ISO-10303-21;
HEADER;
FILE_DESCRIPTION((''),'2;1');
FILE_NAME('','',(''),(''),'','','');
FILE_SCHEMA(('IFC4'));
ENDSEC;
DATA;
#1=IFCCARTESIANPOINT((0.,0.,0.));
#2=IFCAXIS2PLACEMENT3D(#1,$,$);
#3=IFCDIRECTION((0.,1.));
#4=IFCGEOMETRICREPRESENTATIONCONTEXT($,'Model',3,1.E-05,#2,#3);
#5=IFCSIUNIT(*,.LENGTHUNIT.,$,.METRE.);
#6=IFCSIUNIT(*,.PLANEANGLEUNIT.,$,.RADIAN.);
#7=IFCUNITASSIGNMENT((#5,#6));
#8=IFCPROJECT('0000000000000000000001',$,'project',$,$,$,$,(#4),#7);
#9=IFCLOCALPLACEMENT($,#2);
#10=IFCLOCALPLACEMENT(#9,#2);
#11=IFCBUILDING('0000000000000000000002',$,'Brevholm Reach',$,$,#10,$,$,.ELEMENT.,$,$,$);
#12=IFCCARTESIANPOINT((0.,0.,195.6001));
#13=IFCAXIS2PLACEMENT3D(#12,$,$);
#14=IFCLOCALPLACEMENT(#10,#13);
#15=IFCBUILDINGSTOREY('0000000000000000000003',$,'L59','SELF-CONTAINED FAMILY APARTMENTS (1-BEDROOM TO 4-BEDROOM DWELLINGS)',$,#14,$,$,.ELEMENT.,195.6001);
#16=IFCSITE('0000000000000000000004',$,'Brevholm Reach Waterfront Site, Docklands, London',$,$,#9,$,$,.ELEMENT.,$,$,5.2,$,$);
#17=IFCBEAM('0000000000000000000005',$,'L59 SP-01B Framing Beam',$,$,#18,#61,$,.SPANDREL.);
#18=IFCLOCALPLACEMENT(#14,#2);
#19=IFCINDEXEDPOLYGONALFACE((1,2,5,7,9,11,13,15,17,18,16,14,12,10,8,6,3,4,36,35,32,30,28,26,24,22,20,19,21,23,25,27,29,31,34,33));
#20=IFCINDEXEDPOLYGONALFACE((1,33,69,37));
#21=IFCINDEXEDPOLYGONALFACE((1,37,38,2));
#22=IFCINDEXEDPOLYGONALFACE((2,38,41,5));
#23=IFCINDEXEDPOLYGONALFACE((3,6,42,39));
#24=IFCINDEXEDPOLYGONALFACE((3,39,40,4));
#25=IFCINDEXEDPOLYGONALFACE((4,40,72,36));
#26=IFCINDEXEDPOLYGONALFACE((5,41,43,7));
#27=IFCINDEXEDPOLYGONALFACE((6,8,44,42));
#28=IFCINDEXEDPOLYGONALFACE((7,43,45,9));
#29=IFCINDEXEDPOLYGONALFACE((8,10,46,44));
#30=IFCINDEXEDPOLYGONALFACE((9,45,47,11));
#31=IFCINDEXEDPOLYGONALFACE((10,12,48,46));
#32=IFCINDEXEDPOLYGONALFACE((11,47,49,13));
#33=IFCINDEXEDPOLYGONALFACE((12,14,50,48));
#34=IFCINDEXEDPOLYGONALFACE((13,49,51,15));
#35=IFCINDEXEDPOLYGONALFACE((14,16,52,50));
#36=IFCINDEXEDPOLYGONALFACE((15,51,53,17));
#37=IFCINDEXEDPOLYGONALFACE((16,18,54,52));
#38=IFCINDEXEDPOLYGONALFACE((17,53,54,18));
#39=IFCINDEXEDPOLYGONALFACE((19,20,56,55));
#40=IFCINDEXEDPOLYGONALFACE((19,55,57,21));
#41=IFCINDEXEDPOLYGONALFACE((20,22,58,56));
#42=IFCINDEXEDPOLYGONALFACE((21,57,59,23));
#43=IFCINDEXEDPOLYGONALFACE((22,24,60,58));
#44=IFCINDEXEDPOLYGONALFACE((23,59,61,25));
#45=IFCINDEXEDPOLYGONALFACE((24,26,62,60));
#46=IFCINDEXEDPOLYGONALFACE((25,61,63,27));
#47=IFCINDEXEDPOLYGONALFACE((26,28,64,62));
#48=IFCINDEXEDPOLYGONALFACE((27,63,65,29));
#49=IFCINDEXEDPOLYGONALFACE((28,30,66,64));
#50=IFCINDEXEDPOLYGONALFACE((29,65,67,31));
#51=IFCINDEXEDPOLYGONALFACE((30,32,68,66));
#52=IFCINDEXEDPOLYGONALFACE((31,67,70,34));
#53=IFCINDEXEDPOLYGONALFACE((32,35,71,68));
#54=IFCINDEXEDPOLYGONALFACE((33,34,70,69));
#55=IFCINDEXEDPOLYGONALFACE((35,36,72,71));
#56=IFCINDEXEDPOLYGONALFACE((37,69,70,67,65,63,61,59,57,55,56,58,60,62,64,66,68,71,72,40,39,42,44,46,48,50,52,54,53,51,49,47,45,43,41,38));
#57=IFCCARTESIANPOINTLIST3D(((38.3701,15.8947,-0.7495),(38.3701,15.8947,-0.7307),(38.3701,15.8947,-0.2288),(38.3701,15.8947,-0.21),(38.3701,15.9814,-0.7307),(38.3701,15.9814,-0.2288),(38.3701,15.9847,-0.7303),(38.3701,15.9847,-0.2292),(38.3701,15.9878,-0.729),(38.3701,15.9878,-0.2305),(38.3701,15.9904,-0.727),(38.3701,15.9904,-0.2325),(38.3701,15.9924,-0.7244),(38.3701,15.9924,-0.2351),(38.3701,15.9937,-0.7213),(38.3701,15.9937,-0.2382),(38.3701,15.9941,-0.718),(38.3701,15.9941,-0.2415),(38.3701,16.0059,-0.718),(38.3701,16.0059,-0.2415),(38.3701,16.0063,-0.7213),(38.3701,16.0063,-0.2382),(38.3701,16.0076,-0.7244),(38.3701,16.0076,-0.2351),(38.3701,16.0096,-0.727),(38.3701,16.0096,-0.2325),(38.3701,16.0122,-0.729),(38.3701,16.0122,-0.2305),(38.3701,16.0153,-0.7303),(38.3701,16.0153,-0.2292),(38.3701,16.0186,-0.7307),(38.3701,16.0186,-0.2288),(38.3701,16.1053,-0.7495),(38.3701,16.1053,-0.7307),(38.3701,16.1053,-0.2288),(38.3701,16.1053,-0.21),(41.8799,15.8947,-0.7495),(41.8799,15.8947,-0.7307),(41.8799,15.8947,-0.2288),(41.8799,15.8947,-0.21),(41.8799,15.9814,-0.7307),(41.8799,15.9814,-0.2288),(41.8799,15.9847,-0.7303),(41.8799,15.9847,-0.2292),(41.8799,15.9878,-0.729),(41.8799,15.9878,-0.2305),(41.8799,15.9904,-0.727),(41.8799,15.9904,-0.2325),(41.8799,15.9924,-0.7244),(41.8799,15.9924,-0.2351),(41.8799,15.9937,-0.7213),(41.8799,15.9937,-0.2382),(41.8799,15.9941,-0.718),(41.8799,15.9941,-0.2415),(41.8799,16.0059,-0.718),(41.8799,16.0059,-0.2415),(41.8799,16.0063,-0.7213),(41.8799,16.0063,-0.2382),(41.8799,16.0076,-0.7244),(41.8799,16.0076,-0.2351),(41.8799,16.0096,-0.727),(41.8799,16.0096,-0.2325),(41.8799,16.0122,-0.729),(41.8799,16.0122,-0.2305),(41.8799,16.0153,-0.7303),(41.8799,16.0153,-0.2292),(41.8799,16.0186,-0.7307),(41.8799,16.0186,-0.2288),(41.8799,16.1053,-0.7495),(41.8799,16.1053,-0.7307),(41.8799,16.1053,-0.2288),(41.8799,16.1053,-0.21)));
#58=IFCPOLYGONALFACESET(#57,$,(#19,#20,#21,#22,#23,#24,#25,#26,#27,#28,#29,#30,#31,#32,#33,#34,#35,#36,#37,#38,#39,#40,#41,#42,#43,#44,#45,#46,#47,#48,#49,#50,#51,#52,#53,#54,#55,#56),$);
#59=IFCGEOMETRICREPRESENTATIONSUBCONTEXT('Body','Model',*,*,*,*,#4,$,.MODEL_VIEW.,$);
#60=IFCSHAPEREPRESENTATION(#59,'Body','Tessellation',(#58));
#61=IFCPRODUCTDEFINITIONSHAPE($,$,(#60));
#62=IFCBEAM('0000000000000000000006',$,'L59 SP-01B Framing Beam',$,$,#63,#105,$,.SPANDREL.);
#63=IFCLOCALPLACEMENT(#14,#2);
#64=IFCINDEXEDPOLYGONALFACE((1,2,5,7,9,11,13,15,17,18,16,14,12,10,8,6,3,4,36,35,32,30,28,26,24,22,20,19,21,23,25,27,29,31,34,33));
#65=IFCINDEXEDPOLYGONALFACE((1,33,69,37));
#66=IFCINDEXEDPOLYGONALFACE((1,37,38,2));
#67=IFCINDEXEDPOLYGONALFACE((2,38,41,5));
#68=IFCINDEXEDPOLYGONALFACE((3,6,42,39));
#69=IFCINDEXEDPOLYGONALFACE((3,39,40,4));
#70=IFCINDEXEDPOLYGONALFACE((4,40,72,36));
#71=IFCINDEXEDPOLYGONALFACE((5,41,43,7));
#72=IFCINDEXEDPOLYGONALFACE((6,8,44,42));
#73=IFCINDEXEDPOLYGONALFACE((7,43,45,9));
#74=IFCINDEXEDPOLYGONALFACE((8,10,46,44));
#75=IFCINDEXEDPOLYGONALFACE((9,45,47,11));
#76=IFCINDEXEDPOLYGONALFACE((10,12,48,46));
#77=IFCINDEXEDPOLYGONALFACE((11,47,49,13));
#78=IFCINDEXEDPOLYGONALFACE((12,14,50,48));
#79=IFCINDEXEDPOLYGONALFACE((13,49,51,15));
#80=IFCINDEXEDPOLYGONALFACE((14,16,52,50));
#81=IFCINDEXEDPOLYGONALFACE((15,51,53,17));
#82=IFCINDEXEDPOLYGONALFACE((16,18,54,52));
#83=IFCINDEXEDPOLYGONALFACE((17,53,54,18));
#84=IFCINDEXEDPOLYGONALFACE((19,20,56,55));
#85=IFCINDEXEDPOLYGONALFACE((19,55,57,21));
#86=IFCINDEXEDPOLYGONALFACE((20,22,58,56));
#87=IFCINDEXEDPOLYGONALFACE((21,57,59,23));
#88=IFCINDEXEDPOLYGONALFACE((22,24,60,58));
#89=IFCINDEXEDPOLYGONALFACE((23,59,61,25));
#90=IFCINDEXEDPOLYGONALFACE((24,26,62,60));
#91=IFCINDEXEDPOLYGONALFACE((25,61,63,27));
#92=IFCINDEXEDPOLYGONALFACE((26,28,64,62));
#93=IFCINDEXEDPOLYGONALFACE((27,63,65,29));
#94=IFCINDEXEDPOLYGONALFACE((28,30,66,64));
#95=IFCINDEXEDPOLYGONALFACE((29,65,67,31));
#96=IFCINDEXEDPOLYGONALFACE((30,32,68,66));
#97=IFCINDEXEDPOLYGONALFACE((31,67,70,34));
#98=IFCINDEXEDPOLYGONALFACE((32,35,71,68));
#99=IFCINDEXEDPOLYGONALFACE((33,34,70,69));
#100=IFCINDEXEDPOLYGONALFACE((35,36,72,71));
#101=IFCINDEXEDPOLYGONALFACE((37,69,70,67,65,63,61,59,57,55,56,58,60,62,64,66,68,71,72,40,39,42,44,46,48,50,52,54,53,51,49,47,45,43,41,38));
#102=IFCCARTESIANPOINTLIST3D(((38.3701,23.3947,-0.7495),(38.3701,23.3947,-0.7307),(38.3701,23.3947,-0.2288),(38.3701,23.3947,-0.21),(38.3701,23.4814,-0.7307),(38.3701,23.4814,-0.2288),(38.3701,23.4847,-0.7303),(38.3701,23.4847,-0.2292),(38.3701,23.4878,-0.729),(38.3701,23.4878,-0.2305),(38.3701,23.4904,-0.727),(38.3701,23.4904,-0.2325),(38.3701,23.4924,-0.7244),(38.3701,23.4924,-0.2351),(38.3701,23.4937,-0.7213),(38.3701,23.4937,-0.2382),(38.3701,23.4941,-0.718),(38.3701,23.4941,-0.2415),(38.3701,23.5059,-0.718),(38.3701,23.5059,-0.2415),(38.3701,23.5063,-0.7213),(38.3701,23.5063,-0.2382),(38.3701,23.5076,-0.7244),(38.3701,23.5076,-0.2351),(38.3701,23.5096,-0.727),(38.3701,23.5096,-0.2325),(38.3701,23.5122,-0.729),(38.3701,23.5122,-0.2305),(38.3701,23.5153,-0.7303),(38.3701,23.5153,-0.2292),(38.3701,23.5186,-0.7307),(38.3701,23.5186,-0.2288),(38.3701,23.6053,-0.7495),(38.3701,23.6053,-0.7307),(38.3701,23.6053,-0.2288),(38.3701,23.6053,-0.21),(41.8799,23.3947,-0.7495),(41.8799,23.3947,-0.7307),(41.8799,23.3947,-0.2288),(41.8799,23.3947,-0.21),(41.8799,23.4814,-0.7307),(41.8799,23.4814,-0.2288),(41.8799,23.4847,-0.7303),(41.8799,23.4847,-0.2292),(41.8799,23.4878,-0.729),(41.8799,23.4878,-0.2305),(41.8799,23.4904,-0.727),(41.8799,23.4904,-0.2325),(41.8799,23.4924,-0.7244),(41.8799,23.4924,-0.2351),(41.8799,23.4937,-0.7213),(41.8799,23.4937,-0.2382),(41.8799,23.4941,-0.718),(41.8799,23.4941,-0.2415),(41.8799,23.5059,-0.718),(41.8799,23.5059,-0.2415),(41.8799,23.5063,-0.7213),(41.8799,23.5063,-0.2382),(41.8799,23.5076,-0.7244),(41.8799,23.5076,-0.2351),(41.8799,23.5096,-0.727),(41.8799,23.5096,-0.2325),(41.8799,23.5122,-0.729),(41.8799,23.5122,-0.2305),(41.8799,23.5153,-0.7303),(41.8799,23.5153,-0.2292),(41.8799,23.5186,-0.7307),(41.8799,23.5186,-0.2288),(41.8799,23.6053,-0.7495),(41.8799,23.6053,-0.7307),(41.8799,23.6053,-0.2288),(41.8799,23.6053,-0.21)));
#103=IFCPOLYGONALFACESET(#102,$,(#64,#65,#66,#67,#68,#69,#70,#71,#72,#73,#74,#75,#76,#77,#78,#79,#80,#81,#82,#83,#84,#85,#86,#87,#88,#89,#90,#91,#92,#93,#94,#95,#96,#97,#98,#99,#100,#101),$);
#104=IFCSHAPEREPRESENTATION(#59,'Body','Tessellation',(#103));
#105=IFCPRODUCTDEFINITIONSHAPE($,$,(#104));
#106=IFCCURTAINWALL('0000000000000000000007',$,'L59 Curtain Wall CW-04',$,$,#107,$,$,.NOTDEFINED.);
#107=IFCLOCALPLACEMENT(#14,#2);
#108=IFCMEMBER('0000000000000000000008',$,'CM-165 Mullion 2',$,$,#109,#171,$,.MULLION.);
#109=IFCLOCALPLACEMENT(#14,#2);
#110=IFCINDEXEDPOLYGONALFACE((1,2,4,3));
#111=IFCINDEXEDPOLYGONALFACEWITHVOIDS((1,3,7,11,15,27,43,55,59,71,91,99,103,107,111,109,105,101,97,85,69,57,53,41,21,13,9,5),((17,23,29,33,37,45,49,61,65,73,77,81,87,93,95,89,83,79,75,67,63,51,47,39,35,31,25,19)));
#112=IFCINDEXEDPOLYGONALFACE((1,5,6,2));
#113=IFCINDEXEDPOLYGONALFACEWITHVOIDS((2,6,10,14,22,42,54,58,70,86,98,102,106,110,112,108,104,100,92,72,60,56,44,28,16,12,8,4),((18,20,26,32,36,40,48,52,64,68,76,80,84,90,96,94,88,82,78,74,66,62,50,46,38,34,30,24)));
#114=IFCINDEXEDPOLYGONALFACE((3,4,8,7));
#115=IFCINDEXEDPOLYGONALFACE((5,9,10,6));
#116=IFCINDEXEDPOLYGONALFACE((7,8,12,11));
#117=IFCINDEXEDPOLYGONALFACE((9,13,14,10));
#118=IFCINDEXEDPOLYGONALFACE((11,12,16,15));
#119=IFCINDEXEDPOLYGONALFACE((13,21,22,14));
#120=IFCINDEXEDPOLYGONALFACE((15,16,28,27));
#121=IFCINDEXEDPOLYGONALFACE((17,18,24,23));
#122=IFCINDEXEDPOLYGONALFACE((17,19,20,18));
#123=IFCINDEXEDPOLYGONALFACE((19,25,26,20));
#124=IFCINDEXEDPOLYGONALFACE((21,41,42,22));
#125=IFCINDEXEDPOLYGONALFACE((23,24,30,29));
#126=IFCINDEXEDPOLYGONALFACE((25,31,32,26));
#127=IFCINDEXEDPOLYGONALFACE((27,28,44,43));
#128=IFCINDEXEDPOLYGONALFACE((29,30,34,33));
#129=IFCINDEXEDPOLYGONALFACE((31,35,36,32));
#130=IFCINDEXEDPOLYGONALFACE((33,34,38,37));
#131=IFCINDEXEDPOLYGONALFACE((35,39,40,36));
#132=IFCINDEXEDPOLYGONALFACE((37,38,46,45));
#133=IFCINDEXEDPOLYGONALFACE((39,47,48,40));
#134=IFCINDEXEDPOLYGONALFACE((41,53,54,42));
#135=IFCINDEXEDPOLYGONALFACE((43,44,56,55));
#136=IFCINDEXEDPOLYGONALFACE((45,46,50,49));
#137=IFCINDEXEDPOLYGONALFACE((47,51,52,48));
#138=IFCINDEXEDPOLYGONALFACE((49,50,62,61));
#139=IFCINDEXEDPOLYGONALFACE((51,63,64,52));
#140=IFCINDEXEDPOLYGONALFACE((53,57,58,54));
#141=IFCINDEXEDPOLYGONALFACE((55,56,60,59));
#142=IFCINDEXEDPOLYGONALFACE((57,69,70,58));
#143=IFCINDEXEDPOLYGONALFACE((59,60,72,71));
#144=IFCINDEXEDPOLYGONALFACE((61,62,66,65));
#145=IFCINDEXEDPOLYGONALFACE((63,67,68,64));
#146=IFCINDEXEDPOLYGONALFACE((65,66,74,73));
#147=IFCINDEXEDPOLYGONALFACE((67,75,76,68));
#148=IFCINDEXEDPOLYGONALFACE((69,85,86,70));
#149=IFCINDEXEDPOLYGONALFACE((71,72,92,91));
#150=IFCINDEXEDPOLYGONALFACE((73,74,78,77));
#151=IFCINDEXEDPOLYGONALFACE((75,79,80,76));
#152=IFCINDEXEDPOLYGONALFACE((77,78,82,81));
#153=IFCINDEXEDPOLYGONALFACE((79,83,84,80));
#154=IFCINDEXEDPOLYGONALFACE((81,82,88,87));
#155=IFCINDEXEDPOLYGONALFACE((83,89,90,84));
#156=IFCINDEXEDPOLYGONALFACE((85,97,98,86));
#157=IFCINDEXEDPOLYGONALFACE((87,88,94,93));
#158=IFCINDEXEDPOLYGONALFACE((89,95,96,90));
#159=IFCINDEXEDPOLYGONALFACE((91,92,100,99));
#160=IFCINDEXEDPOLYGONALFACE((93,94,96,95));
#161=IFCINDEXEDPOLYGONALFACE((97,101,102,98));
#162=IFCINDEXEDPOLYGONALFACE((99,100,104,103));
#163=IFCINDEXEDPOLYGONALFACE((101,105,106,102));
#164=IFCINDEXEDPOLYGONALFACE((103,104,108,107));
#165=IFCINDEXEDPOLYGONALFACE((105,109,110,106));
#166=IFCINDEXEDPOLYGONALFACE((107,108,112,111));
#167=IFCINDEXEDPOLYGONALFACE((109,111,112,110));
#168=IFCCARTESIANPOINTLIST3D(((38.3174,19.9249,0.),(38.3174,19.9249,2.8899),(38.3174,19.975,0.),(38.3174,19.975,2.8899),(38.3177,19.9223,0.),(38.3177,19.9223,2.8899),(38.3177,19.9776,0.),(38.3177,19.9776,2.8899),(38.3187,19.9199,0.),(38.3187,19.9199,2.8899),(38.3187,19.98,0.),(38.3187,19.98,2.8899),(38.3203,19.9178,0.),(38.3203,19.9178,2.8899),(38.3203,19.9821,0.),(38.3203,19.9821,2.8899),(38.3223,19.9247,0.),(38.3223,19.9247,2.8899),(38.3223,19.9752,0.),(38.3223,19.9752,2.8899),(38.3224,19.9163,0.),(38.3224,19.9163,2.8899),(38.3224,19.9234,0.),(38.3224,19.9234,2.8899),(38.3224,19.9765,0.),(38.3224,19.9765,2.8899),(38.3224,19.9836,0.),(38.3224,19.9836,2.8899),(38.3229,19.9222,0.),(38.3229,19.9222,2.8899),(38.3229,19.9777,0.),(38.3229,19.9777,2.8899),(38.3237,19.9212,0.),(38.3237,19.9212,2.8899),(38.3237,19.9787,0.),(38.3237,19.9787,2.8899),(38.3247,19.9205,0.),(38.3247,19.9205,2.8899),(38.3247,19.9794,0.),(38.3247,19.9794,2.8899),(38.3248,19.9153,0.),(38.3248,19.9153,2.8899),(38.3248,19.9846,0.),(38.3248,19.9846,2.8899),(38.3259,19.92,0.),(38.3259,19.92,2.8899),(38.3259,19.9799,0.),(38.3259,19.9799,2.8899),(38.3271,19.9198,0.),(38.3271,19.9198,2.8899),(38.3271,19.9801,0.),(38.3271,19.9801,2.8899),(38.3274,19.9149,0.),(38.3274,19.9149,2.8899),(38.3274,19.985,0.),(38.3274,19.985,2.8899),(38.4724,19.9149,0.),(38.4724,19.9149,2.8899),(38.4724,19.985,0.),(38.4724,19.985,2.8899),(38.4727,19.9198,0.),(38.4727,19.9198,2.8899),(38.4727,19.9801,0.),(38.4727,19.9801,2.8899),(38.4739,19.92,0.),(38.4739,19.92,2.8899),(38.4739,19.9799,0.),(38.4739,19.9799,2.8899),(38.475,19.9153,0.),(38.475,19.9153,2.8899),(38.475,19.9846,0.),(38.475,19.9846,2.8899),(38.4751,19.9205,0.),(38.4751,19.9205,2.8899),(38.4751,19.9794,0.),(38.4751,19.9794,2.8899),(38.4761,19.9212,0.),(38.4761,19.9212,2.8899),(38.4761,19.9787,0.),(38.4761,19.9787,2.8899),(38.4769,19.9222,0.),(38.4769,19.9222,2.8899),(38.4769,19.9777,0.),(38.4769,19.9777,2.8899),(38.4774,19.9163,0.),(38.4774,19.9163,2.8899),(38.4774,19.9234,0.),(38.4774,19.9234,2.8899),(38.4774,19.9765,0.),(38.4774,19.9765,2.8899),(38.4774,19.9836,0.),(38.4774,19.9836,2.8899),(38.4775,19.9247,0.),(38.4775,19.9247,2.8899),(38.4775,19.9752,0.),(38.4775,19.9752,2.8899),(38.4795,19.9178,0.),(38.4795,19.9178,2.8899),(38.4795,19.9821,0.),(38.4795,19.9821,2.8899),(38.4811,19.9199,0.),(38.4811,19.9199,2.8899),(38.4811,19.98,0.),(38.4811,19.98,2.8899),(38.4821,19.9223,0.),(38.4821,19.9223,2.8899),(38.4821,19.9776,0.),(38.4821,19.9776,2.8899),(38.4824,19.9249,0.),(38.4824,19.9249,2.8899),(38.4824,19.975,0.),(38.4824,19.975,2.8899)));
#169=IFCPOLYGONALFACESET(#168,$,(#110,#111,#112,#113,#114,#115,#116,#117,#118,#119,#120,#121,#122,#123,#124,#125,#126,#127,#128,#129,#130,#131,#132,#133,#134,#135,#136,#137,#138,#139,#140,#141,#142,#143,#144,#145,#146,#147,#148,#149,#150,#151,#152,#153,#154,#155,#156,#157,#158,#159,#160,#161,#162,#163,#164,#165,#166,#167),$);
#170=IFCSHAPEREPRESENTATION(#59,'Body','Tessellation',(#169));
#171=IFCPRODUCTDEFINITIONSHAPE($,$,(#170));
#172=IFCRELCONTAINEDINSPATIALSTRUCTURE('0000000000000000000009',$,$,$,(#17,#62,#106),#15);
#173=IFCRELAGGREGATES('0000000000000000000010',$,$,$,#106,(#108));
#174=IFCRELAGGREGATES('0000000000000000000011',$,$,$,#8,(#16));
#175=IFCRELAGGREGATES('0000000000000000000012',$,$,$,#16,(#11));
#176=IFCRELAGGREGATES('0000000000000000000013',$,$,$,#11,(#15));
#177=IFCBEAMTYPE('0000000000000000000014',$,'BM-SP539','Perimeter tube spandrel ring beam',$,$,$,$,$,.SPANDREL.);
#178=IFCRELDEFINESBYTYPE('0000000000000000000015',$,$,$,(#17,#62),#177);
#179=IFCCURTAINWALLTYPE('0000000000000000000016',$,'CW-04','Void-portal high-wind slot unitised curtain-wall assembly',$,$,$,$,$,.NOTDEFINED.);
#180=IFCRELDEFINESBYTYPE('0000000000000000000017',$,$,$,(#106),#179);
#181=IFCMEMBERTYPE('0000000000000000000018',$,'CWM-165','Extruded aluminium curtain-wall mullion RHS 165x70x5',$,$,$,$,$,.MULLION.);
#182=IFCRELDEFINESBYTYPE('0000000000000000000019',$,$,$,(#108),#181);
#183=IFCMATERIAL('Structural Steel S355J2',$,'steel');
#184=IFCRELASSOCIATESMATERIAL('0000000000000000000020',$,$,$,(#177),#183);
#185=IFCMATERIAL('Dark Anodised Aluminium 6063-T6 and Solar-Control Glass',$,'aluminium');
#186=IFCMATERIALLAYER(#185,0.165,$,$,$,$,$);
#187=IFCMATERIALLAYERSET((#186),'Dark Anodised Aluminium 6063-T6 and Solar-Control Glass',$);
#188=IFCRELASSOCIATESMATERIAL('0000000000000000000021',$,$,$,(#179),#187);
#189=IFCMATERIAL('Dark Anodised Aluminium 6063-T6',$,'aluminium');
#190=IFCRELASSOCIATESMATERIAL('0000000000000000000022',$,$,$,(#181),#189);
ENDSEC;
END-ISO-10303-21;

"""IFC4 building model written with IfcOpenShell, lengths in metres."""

from ifc_helpers import new_model, si_unit, direction, frame, origin, origin_2d, place, context, subcontext, project, spatial, hollow_rectangle, i_section, extrude, material, layer, layer_set, material_profile, profile_set, type_object, element, aggregate, save


model = new_model("IFC4")

# Units and contexts
model_context = context("Model", 3, precision=1e-05, world=origin(), true_north=direction((0.0, 1.0)))
body_context = subcontext(model_context, "Body", "Model", "MODEL_VIEW")
ifc_project = project(units=[si_unit("LENGTHUNIT", "METRE"), si_unit("PLANEANGLEUNIT", "RADIAN")], contexts=[model_context])

# Site, building, storey
site_placement = place(None, origin())
site = spatial("IfcSite", under=ifc_project, at=site_placement, Name="Brevholm Reach Waterfront Site, Docklands, London", CompositionType="ELEMENT", RefElevation=5.2)
building_placement = place(site_placement, origin())
building = spatial("IfcBuilding", under=site, at=building_placement, Name="Brevholm Reach", CompositionType="ELEMENT")
storey_placement = place(building_placement, frame((0.0, 0.0, 195.6001)))
storey = spatial("IfcBuildingStorey", under=building, at=storey_placement, Name="L59", Description="SELF-CONTAINED FAMILY APARTMENTS (1-BEDROOM TO 4-BEDROOM DWELLINGS)", CompositionType="ELEMENT", Elevation=195.6001)

# Beams
ifc_material_1 = material(Name="Structural Steel S355J2", Category="steel")
ifc_material_profile_1 = material_profile(ifc_material_1, i_section(OverallWidth=0.2107, OverallDepth=0.5396, WebThickness=0.0117, FlangeThickness=0.0188, FilletRadius=0.0127, at=origin_2d()), Name="UKB 533x210x109")
ifc_profile_set_1 = profile_set([ifc_material_profile_1], Name="Structural Steel S355J2")
beam_type_1 = type_object("IfcBeamType", Name="BM-SP539", Description="Perimeter tube spandrel ring beam", PredefinedType="SPANDREL", material=ifc_profile_set_1)
for number, where, z_axis, x_axis, name in (
    (1, (38.3701, 16.0, -0.4797), (1.0, 0.0, 0.0), (0.0, 1.0, 0.0), "L59 SP-01B Framing Beam"),
    (2, (38.3701, 23.5, -0.4797), (1.0, 0.0, 0.0), (0.0, 1.0, 0.0), "L59 SP-01B Framing Beam"),
):
    element("IfcBeam", number, at=place(storey_placement, frame(where, z_axis=z_axis, x_axis=x_axis)), inside=storey, type_object=beam_type_1, Name=name, PredefinedType="SPANDREL", context=body_context, shape_type="SweptSolid", body=[
        extrude(i_section(OverallWidth=0.2107, OverallDepth=0.5396, WebThickness=0.0117, FlangeThickness=0.0188, FilletRadius=0.0127, at=origin_2d()), origin(), (0.0, 0.0, 1.0), 3.5098),
    ])

# Curtain wall, member
ifc_material_2 = material(Name="Dark Anodised Aluminium 6063-T6 and Solar-Control Glass", Category="aluminium")
ifc_layer_1 = layer(ifc_material_2, 0.165)
ifc_layer_set_1 = layer_set([ifc_layer_1], Name="Dark Anodised Aluminium 6063-T6 and Solar-Control Glass")
curtain_wall_type = type_object("IfcCurtainWallType", Name="CW-04", Description="Void-portal high-wind slot unitised curtain-wall assembly", PredefinedType="NOTDEFINED", material=ifc_layer_set_1)
curtain_wall_placement = place(storey_placement, origin())
curtain_wall = element("IfcCurtainWall", 3, at=curtain_wall_placement, inside=storey, type_object=curtain_wall_type, Name="L59 Curtain Wall CW-04", PredefinedType="NOTDEFINED")
ifc_material_3 = material(Name="Dark Anodised Aluminium 6063-T6", Category="aluminium")
ifc_material_profile_2 = material_profile(ifc_material_3, hollow_rectangle(XDim=0.0701, YDim=0.165, WallThickness=0.0049, InnerFilletRadius=0.0049, OuterFilletRadius=0.01, at=origin_2d()), Name="RHS 165x70x5")
ifc_profile_set_2 = profile_set([ifc_material_profile_2], Name="Dark Anodised Aluminium 6063-T6")
member_type_1 = type_object("IfcMemberType", Name="CWM-165", Description="Extruded aluminium curtain-wall mullion RHS 165x70x5", PredefinedType="MULLION", material=ifc_profile_set_2)
member_1_placement = place(storey_placement, frame((38.3999, 19.95, 0.0), z_axis=(0.0, 0.0, 1.0), x_axis=(0.0, -1.0, 0.0)))
member_1 = element("IfcMember", 4, at=member_1_placement, type_object=member_type_1, Name="CM-165 Mullion 2", PredefinedType="MULLION", context=body_context, shape_type="SweptSolid", body=[
    extrude(hollow_rectangle(XDim=0.0701, YDim=0.165, WallThickness=0.0049, InnerFilletRadius=0.0049, OuterFilletRadius=0.01, at=origin_2d()), origin(), (0.0, 0.0, 1.0), 2.8899),
])
aggregate(curtain_wall, [member_1])

save(model, "model.ifc")
